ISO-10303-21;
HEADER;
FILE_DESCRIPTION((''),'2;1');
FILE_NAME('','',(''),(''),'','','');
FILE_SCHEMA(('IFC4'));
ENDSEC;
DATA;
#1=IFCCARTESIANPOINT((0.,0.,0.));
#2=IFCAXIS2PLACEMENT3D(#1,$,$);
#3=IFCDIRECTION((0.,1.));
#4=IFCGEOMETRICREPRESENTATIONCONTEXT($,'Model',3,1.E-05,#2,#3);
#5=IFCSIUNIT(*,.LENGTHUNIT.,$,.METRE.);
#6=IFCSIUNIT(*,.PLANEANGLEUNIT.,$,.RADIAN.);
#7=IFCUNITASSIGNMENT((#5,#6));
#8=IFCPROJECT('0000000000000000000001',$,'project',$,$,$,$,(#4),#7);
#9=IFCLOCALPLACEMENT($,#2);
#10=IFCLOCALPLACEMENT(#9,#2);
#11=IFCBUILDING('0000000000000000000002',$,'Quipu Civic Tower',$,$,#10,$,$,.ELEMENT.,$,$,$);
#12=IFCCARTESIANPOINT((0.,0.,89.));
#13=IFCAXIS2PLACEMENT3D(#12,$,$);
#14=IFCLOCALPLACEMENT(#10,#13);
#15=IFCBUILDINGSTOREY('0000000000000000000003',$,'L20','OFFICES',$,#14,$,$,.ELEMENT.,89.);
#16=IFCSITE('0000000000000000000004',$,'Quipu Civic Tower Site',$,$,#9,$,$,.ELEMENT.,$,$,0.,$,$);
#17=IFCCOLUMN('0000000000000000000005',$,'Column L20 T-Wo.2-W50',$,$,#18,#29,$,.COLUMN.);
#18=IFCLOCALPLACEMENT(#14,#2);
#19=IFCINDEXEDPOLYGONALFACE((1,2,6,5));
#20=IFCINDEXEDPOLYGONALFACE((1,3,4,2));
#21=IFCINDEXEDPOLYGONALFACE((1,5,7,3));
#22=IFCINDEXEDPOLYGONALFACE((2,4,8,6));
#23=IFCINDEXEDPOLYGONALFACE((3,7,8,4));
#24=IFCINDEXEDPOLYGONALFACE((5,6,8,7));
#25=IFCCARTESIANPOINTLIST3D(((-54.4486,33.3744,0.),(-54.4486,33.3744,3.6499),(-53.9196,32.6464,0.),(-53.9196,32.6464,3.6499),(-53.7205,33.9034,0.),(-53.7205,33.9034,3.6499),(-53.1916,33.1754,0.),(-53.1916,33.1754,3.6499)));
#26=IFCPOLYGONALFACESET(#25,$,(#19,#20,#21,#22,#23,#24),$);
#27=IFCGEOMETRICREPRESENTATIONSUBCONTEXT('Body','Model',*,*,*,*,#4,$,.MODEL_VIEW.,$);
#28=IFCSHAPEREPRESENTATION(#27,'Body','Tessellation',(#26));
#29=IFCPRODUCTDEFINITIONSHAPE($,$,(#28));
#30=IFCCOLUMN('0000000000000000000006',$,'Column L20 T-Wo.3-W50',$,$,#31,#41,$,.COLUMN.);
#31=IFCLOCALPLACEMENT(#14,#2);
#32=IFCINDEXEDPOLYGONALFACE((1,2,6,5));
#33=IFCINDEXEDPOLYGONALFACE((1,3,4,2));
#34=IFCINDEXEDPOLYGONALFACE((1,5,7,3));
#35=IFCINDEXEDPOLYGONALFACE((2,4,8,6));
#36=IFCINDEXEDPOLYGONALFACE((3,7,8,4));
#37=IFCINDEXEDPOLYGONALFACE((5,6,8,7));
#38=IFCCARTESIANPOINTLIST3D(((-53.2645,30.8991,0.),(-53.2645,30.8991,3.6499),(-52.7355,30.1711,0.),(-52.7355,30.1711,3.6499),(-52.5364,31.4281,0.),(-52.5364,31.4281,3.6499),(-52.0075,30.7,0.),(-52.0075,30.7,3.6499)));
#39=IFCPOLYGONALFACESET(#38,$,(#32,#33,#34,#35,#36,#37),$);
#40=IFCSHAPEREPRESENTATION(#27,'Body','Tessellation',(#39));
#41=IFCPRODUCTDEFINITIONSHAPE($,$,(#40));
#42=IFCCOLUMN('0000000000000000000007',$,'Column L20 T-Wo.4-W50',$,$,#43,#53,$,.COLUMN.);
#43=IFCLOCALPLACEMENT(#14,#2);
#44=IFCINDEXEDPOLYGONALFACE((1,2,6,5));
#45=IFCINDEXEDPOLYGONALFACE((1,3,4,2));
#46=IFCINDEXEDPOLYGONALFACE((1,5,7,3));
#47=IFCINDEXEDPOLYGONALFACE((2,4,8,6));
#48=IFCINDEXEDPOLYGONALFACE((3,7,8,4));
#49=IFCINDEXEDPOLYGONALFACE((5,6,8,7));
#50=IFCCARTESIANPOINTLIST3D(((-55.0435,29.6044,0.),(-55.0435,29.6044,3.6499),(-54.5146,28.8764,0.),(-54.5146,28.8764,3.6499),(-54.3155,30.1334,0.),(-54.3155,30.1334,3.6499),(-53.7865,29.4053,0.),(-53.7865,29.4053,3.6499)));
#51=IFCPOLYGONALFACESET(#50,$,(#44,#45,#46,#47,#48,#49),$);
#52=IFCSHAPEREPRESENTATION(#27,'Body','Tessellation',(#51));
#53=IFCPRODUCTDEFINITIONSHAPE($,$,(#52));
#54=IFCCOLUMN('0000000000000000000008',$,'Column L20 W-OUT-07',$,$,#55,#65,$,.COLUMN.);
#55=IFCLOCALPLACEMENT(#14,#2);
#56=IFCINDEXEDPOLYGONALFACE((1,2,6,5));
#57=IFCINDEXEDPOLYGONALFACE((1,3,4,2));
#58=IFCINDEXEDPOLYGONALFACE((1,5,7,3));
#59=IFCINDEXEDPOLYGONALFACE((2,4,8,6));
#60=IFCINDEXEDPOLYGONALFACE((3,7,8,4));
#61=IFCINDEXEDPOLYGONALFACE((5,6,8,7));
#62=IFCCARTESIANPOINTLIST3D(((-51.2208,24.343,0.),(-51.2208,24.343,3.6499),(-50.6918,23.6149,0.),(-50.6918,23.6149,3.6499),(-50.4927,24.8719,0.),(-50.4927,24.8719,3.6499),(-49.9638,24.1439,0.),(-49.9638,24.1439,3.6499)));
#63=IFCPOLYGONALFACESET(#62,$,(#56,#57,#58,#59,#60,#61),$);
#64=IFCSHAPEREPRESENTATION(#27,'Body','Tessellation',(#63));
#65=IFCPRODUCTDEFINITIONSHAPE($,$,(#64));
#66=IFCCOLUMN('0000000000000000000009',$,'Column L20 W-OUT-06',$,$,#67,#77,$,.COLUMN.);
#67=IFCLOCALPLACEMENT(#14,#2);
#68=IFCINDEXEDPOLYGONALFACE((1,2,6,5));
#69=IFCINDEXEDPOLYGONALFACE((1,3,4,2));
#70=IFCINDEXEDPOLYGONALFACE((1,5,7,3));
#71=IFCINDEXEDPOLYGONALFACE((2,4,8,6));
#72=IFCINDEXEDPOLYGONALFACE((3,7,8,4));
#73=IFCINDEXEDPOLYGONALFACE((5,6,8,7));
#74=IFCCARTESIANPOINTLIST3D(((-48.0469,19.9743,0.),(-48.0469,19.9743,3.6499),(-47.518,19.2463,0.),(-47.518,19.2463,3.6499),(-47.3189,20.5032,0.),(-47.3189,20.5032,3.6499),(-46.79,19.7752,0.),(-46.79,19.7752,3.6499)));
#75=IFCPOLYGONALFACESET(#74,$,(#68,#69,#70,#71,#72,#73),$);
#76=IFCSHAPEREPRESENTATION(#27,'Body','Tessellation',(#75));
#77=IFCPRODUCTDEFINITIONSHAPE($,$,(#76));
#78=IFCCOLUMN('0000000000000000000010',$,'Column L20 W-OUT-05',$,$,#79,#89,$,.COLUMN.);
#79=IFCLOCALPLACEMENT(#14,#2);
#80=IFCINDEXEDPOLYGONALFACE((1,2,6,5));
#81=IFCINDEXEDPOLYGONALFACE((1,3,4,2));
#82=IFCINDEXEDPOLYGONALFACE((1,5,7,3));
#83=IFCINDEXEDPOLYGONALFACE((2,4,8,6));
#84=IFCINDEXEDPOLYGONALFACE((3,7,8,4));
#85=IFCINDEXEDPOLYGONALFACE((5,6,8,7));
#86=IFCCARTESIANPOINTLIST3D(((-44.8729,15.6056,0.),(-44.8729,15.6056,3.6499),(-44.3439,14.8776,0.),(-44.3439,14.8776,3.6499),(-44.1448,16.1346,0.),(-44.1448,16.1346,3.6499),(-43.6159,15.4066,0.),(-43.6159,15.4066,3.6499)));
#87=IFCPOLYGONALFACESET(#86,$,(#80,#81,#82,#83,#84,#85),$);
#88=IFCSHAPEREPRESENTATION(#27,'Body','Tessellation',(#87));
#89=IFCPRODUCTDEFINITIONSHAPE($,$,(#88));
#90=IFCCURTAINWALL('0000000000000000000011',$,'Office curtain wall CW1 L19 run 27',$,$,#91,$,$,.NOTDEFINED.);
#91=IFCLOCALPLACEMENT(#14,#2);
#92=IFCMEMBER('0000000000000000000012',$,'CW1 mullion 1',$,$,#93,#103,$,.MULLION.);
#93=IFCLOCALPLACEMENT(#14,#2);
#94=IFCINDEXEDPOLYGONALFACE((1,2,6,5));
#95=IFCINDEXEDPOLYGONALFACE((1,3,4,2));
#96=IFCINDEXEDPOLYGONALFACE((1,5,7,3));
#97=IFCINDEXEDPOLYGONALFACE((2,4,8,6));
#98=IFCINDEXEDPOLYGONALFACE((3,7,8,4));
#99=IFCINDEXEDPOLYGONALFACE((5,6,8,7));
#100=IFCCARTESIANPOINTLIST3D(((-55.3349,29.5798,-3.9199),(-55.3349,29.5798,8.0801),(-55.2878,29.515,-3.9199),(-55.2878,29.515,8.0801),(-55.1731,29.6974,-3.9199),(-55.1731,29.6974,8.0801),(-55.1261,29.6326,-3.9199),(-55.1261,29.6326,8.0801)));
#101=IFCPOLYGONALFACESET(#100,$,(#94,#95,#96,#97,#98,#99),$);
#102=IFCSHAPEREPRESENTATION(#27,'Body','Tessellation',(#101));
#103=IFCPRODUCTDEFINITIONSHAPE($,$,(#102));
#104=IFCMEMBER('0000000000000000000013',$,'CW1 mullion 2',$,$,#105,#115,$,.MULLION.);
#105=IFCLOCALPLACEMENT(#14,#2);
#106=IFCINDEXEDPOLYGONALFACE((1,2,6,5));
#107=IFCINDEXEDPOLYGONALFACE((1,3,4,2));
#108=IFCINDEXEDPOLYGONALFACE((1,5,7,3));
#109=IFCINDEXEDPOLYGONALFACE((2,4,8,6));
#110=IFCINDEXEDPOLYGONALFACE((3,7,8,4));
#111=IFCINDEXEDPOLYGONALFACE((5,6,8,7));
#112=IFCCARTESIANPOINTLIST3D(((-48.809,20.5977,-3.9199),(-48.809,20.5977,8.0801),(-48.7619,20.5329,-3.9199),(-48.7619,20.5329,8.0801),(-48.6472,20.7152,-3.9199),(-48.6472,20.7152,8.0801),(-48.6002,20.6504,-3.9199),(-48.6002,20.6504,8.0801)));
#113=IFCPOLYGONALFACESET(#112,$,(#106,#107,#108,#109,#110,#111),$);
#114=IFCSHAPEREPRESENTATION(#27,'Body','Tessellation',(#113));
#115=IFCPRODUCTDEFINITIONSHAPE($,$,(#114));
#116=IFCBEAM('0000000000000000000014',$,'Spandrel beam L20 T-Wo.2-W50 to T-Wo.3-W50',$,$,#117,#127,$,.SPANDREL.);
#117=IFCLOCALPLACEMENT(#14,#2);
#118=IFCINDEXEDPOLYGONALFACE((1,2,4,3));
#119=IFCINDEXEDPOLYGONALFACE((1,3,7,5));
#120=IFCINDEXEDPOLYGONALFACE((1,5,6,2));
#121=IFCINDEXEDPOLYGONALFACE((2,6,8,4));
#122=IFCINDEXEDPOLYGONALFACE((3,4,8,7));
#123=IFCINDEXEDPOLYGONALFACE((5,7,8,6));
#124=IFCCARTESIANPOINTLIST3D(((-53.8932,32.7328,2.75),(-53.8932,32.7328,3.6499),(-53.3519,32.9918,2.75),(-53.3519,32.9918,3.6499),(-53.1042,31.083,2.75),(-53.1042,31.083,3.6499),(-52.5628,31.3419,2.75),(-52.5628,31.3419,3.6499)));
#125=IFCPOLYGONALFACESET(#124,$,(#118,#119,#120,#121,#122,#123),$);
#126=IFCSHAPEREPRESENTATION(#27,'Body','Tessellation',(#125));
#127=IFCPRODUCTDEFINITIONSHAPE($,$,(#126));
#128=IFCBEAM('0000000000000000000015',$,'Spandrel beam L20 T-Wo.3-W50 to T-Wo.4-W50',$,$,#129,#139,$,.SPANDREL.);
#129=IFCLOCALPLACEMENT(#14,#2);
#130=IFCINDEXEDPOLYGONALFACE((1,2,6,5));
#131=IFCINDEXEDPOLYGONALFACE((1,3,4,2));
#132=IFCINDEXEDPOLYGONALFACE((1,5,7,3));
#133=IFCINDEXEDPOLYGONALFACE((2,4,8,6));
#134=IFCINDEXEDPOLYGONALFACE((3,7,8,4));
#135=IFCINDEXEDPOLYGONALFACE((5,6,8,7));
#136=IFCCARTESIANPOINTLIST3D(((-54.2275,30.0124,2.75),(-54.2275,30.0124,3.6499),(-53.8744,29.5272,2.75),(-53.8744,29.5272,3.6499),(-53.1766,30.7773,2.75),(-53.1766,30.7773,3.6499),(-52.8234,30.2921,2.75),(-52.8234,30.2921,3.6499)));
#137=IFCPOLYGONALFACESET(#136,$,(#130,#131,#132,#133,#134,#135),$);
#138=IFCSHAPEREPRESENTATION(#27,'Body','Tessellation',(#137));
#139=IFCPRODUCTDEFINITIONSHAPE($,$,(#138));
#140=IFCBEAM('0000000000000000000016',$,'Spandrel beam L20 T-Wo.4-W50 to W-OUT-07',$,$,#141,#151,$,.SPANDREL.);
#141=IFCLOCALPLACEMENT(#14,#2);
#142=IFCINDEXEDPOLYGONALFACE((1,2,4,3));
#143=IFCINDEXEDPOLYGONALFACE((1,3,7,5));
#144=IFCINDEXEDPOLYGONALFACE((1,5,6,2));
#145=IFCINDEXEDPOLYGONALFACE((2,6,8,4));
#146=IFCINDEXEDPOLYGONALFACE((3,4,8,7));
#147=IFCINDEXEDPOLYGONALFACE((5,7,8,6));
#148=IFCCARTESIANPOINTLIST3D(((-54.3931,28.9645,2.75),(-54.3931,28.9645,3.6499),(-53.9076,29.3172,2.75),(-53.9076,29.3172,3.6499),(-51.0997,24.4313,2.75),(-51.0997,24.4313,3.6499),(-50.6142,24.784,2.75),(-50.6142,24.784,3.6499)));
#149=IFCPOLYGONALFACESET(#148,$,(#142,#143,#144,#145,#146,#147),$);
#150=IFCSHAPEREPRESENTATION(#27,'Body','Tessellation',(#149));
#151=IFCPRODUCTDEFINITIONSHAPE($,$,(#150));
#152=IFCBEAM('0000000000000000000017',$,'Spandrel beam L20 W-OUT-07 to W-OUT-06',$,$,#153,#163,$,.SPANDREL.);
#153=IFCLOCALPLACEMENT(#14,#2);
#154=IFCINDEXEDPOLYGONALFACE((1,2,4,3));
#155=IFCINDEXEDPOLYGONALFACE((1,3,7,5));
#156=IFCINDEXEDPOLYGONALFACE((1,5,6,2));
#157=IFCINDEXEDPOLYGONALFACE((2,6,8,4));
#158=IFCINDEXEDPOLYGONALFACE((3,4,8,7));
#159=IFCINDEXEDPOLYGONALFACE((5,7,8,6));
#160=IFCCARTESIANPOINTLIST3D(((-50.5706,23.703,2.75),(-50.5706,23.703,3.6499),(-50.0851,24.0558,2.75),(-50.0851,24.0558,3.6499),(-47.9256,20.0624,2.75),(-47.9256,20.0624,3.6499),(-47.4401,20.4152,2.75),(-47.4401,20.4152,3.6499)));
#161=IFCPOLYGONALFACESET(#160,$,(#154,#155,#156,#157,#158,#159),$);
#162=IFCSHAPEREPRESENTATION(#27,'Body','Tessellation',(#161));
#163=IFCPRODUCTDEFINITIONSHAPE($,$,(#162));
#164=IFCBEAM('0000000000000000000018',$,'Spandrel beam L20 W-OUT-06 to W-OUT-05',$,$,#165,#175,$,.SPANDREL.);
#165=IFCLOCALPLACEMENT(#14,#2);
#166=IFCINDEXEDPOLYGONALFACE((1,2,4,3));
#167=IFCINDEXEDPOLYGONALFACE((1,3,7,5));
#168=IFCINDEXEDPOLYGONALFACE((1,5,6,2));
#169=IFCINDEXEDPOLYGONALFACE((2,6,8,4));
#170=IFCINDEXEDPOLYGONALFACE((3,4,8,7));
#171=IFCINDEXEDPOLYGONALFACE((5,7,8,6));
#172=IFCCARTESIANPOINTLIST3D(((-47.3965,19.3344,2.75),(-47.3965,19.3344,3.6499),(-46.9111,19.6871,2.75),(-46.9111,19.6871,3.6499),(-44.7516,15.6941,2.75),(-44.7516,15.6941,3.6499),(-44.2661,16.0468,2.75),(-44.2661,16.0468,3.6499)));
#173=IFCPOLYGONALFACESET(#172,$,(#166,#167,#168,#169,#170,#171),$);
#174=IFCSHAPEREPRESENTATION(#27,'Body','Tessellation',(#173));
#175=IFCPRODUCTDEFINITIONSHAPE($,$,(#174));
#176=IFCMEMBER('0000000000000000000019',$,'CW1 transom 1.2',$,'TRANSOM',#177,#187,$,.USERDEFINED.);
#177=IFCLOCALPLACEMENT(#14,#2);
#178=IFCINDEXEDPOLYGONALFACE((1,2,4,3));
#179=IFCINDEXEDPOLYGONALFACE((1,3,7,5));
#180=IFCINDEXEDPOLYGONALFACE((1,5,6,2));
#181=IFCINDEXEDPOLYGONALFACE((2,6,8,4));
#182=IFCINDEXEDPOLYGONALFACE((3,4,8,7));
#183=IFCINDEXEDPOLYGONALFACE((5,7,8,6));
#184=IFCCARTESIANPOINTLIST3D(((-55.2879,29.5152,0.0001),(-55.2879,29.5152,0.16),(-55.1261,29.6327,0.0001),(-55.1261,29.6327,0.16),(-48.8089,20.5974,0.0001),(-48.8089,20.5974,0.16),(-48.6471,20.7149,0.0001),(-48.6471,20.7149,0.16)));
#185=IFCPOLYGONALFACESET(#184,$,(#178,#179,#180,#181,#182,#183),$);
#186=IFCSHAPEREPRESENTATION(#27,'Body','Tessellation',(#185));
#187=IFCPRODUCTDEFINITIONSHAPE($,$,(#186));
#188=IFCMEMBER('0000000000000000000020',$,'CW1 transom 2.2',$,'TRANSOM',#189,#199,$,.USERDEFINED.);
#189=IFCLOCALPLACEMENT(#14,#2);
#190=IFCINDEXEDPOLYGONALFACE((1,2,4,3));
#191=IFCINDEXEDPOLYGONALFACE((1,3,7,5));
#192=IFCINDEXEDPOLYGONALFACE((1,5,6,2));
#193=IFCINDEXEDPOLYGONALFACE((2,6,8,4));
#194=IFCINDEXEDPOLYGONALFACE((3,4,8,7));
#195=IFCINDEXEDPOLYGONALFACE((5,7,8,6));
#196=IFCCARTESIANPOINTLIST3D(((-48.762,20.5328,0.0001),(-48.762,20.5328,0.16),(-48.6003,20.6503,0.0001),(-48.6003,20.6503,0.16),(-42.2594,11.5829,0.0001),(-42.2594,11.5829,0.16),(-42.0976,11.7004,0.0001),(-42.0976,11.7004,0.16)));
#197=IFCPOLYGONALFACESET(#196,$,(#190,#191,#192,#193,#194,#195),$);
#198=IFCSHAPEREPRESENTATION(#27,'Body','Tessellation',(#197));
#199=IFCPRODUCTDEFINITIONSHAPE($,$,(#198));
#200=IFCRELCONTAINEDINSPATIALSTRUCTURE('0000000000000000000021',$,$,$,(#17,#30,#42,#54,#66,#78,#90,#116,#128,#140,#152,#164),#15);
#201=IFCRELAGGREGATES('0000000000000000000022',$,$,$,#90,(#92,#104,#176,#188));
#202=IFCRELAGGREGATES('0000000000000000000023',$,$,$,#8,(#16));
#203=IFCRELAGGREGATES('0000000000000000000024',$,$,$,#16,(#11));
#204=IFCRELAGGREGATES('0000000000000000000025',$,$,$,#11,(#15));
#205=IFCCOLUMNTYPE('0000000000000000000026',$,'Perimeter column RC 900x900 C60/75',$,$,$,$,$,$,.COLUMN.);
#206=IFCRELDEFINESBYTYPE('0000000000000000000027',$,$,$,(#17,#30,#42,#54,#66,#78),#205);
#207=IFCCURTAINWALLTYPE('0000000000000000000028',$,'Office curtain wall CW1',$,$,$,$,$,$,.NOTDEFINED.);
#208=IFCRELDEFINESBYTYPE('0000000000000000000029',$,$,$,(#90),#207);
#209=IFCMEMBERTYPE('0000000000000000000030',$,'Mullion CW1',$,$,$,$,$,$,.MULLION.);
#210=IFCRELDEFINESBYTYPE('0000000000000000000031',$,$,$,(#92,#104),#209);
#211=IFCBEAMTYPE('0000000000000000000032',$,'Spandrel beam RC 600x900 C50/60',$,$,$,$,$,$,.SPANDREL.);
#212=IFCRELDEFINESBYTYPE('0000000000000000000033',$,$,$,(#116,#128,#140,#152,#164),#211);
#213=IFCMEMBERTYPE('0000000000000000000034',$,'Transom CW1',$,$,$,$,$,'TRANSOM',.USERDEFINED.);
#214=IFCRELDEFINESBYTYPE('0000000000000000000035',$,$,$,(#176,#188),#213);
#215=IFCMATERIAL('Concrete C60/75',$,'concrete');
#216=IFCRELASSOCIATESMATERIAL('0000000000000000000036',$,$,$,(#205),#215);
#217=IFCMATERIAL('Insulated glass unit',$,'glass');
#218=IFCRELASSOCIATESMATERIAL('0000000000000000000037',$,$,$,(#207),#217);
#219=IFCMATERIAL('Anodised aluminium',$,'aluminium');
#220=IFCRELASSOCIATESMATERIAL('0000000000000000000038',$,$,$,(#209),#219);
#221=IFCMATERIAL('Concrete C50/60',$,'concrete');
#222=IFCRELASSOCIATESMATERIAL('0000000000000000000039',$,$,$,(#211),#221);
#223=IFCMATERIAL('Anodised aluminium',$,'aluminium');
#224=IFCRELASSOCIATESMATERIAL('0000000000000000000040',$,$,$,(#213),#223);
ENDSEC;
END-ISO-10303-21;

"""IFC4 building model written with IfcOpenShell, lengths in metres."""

from ifc_helpers import new_model, si_unit, direction, frame, origin, origin_2d, place, context, subcontext, project, spatial, rectangle, extrude, material, material_profile, profile_set, type_object, element, aggregate, save


model = new_model("IFC4")

# Units and contexts
model_context = context("Model", 3, precision=1e-05, world=origin(), true_north=direction((0.0, 1.0)))
body_context = subcontext(model_context, "Body", "Model", "MODEL_VIEW")
ifc_project = project(units=[si_unit("LENGTHUNIT", "METRE"), si_unit("PLANEANGLEUNIT", "RADIAN")], contexts=[model_context])

# Site, building, storey
site_placement = place(None, origin())
site = spatial("IfcSite", under=ifc_project, at=site_placement, Name="Quipu Civic Tower Site", CompositionType="ELEMENT", RefElevation=0.0)
building_placement = place(site_placement, origin())
building = spatial("IfcBuilding", under=site, at=building_placement, Name="Quipu Civic Tower", CompositionType="ELEMENT")
storey_placement = place(building_placement, frame((0.0, 0.0, 89.0)))
storey = spatial("IfcBuildingStorey", under=building, at=storey_placement, Name="L20", Description="OFFICES", CompositionType="ELEMENT", Elevation=89.0)

# Columns
ifc_material_1 = material(Name="Concrete C60/75", Category="concrete")
ifc_material_profile_1 = material_profile(ifc_material_1, rectangle(XDim=0.8999, YDim=0.8999, at=origin_2d()), Name="RC900x900")
ifc_profile_set_1 = profile_set([ifc_material_profile_1], Name="Concrete C60/75")
column_type = type_object("IfcColumnType", Name="Perimeter column RC 900x900 C60/75", PredefinedType="COLUMN", material=ifc_profile_set_1)
for number, where, z_axis, x_axis, name in (
    (1, (-53.8201, 33.2749, 0.0), (0.0, 0.0, 1.0), (0.587785, -0.809017, 0.0), "Column L20 T-Wo.2-W50"),
    (2, (-52.636, 30.7996, 0.0), (0.0, 0.0, 1.0), (-0.809017, -0.587785, 0.0), "Column L20 T-Wo.3-W50"),
    (3, (-54.415, 29.5049, 0.0), (0.0, 0.0, 1.0), (0.587785, -0.809017, 0.0), "Column L20 T-Wo.4-W50"),
    (4, (-50.5923, 24.2434, 0.0), (0.0, 0.0, 1.0), (0.587785, -0.809017, 0.0), "Column L20 W-OUT-07"),
    (5, (-47.4185, 19.8748, 0.0), (0.0, 0.0, 1.0), (0.587785, -0.809017, 0.0), "Column L20 W-OUT-06"),
    (6, (-44.2444, 15.5061, 0.0), (0.0, 0.0, 1.0), (0.587785, -0.809017, 0.0), "Column L20 W-OUT-05"),
):
    element("IfcColumn", number, at=place(storey_placement, frame(where, z_axis=z_axis, x_axis=x_axis)), inside=storey, type_object=column_type, Name=name, PredefinedType="COLUMN", context=body_context, shape_type="SweptSolid", body=[
        extrude(rectangle(XDim=0.8999, YDim=0.8999, at=origin_2d()), origin(), (0.0, 0.0, 1.0), 3.6499),
    ])

# Curtain wall, members
ifc_material_2 = material(Name="Insulated glass unit", Category="glass")
curtain_wall_type = type_object("IfcCurtainWallType", Name="Office curtain wall CW1", PredefinedType="NOTDEFINED", material=ifc_material_2)
curtain_wall_placement = place(storey_placement, origin())
curtain_wall = element("IfcCurtainWall", 7, at=curtain_wall_placement, inside=storey, type_object=curtain_wall_type, Name="Office curtain wall CW1 L19 run 27", PredefinedType="NOTDEFINED")
ifc_material_3 = material(Name="Anodised aluminium", Category="aluminium")
ifc_material_profile_2 = material_profile(ifc_material_3, rectangle(XDim=0.2, YDim=0.0801, at=origin_2d()), Name="RECT 200x80")
ifc_profile_set_2 = profile_set([ifc_material_profile_2], Name="Anodised aluminium")
member_type_1 = type_object("IfcMemberType", Name="Mullion CW1", PredefinedType="MULLION", material=ifc_profile_set_2)
member_1_placement = place(storey_placement, frame((-55.2305, 29.6062, -3.9199), z_axis=(0.0, 0.0, 1.0), x_axis=(0.809017, 0.587786, 0.0)))
member_1 = element("IfcMember", 8, at=member_1_placement, type_object=member_type_1, Name="CW1 mullion 1", PredefinedType="MULLION", context=body_context, shape_type="SweptSolid", body=[
    extrude(rectangle(XDim=0.2, YDim=0.0801, at=origin_2d()), origin(), (0.0, 0.0, 1.0), 12.0),
])
member_2_placement = place(storey_placement, frame((-48.7046, 20.624, -3.9199), z_axis=(0.0, 0.0, 1.0), x_axis=(0.809017, 0.587786, 0.0)))
member_2 = element("IfcMember", 9, at=member_2_placement, type_object=member_type_1, Name="CW1 mullion 2", PredefinedType="MULLION", context=body_context, shape_type="SweptSolid", body=[
    extrude(rectangle(XDim=0.2, YDim=0.0801, at=origin_2d()), origin(), (0.0, 0.0, 1.0), 12.0),
])

# Beams
ifc_material_4 = material(Name="Concrete C50/60", Category="concrete")
ifc_material_profile_3 = material_profile(ifc_material_4, rectangle(XDim=0.6001, YDim=0.8999, at=origin_2d()), Name="RC600x900")
ifc_profile_set_3 = profile_set([ifc_material_profile_3], Name="Concrete C50/60")
beam_type = type_object("IfcBeamType", Name="Spandrel beam RC 600x900 C50/60", PredefinedType="SPANDREL", material=ifc_profile_set_3)
beam_1_placement = place(storey_placement, frame((-53.6226, 32.8623, 3.2), z_axis=(0.431446, -0.902139, 0.0), x_axis=(0.902139, 0.431446, 0.0)))
element("IfcBeam", 10, at=beam_1_placement, inside=storey, type_object=beam_type, Name="Spandrel beam L20 T-Wo.2-W50 to T-Wo.3-W50", PredefinedType="SPANDREL", context=body_context, shape_type="SweptSolid", body=[
    extrude(rectangle(XDim=0.6001, YDim=0.8999, at=origin_2d()), origin(), (0.0, 0.0, 1.0), 1.8289),
])
beam_2_placement = place(storey_placement, frame((-53.0, 30.5347, 3.2), z_axis=(-0.808549, -0.588429, 0.0), x_axis=(0.588429, -0.808549, 0.0)))
element("IfcBeam", 11, at=beam_2_placement, inside=storey, type_object=beam_type, Name="Spandrel beam L20 T-Wo.3-W50 to T-Wo.4-W50", PredefinedType="SPANDREL", context=body_context, shape_type="SweptSolid", body=[
    extrude(rectangle(XDim=0.6001, YDim=0.8999, at=origin_2d()), origin(), (0.0, 0.0, 1.0), 1.2998),
])
beam_3_placement = place(storey_placement, frame((-54.1504, 29.1409, 3.2), z_axis=(0.587773, -0.809026, 0.0), x_axis=(0.809026, 0.587773, 0.0)))
element("IfcBeam", 12, at=beam_3_placement, inside=storey, type_object=beam_type, Name="Spandrel beam L20 T-Wo.4-W50 to W-OUT-07", PredefinedType="SPANDREL", context=body_context, shape_type="SweptSolid", body=[
    extrude(rectangle(XDim=0.6001, YDim=0.8999, at=origin_2d()), origin(), (0.0, 0.0, 1.0), 5.6033),
])
beam_4_placement = place(storey_placement, frame((-50.3279, 23.8794, 3.2), z_axis=(0.587778, -0.809022, 0.0), x_axis=(0.809022, 0.587778, 0.0)))
element("IfcBeam", 13, at=beam_4_placement, inside=storey, type_object=beam_type, Name="Spandrel beam L20 W-OUT-07 to W-OUT-06", PredefinedType="SPANDREL", context=body_context, shape_type="SweptSolid", body=[
    extrude(rectangle(XDim=0.6001, YDim=0.8999, at=origin_2d()), origin(), (0.0, 0.0, 1.0), 4.5),
])
beam_5_placement = place(storey_placement, frame((-47.1538, 19.5107, 3.2), z_axis=(0.587804, -0.809003, 0.0), x_axis=(0.809003, 0.587804, 0.0)))
element("IfcBeam", 14, at=beam_5_placement, inside=storey, type_object=beam_type, Name="Spandrel beam L20 W-OUT-06 to W-OUT-05", PredefinedType="SPANDREL", context=body_context, shape_type="SweptSolid", body=[
    extrude(rectangle(XDim=0.6001, YDim=0.8999, at=origin_2d()), origin(), (0.0, 0.0, 1.0), 4.4998),
])

# Members
ifc_material_5 = material(Name="Anodised aluminium", Category="aluminium")
ifc_material_profile_4 = material_profile(ifc_material_5, rectangle(XDim=0.2, YDim=0.1599, at=origin_2d()), Name="RECT 200x160")
ifc_profile_set_4 = profile_set([ifc_material_profile_4], Name="Anodised aluminium")
member_type_2 = type_object("IfcMemberType", Name="Transom CW1", ElementType="TRANSOM", PredefinedType="USERDEFINED", material=ifc_profile_set_4)
member_3_placement = place(storey_placement, frame((-55.207, 29.574, 0.0801), z_axis=(0.587779, -0.809021, 0.0), x_axis=(0.809021, 0.587779, 0.0)))
member_3 = element("IfcMember", 15, at=member_3_placement, type_object=member_type_2, Name="CW1 transom 1.2", ObjectType="TRANSOM", PredefinedType="USERDEFINED", context=body_context, shape_type="SweptSolid", body=[
    extrude(rectangle(XDim=0.2, YDim=0.1599, at=origin_2d()), origin(), (0.0, 0.0, 1.0), 11.0229),
])
member_4_placement = place(storey_placement, frame((-48.6812, 20.5916, 0.0801), z_axis=(0.587795, -0.80901, 0.0), x_axis=(0.80901, 0.587795, 0.0)))
member_4 = element("IfcMember", 16, at=member_4_placement, type_object=member_type_2, Name="CW1 transom 2.2", ObjectType="TRANSOM", PredefinedType="USERDEFINED", context=body_context, shape_type="SweptSolid", body=[
    extrude(rectangle(XDim=0.2, YDim=0.1599, at=origin_2d()), origin(), (0.0, 0.0, 1.0), 11.0627),
])

aggregate(curtain_wall, [member_1, member_2, member_3, member_4])

save(model, "model.ifc")
